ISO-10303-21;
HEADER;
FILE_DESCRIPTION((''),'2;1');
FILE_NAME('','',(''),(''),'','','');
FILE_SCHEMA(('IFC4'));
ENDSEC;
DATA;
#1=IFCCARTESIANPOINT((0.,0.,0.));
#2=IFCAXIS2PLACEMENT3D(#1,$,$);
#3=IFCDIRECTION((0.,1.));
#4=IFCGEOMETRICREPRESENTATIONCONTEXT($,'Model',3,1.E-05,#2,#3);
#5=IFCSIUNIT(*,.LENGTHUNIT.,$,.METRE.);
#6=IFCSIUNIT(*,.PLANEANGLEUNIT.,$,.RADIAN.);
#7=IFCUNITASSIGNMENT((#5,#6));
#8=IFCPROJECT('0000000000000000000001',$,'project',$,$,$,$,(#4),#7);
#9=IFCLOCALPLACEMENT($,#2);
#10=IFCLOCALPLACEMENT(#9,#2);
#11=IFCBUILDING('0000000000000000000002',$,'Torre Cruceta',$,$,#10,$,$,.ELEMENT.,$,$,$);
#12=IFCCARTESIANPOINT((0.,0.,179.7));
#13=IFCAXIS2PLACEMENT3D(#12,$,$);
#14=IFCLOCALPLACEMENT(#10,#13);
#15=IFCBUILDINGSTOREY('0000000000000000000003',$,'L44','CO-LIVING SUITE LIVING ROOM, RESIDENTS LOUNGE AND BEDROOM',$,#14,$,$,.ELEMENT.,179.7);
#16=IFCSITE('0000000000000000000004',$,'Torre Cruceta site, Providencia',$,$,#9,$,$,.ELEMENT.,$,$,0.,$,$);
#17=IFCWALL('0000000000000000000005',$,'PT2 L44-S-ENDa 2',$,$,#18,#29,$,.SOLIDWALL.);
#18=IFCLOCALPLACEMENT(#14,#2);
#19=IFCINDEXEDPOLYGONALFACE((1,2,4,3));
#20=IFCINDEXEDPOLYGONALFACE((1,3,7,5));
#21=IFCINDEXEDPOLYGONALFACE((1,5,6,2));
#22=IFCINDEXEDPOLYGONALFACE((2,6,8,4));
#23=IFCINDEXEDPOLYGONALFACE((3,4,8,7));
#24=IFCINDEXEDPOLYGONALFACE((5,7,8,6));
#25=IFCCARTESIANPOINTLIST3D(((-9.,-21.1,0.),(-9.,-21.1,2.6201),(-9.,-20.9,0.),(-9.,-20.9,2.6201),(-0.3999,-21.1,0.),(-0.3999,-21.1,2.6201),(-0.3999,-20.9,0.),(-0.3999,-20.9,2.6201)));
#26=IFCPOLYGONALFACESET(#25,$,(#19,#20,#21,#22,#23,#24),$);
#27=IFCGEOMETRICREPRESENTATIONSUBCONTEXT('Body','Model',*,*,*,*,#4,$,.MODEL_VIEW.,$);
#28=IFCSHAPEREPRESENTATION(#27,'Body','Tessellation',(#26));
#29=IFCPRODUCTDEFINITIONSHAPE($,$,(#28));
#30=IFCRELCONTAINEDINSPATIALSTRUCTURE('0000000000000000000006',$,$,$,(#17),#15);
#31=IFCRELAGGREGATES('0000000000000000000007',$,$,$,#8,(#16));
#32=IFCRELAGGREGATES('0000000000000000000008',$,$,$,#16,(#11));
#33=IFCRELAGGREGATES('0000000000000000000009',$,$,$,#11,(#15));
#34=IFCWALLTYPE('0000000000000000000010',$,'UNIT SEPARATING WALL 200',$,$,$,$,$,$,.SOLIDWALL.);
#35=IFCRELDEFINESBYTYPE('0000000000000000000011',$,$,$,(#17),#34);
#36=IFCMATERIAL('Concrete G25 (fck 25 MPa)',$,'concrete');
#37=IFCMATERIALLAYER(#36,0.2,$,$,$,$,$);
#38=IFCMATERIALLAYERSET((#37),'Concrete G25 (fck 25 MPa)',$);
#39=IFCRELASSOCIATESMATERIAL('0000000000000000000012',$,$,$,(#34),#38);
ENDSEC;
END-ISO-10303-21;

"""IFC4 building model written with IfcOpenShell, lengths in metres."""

from ifc_helpers import new_model, si_unit, direction, frame, frame_2d, origin, place, context, subcontext, project, spatial, rectangle, extrude, material, layer, layer_set, type_object, element, save


model = new_model("IFC4")

# Units and contexts
model_context = context("Model", 3, precision=1e-05, world=origin(), true_north=direction((0.0, 1.0)))
body_context = subcontext(model_context, "Body", "Model", "MODEL_VIEW")
ifc_project = project(units=[si_unit("LENGTHUNIT", "METRE"), si_unit("PLANEANGLEUNIT", "RADIAN")], contexts=[model_context])

# Site, building, storey
site_placement = place(None, origin())
site = spatial("IfcSite", under=ifc_project, at=site_placement, Name="Torre Cruceta site, Providencia", CompositionType="ELEMENT", RefElevation=0.0)
building_placement = place(site_placement, origin())
building = spatial("IfcBuilding", under=site, at=building_placement, Name="Torre Cruceta", CompositionType="ELEMENT")
storey_placement = place(building_placement, frame((0.0, 0.0, 179.7)))
storey = spatial("IfcBuildingStorey", under=building, at=storey_placement, Name="L44", Description="CO-LIVING SUITE LIVING ROOM, RESIDENTS LOUNGE AND BEDROOM", CompositionType="ELEMENT", Elevation=179.7)

# Wall
ifc_material_1 = material(Name="Concrete G25 (fck 25 MPa)", Category="concrete")
ifc_layer_1 = layer(ifc_material_1, 0.2)
ifc_layer_set_1 = layer_set([ifc_layer_1], Name="Concrete G25 (fck 25 MPa)")
wall_type_1 = type_object("IfcWallType", Name="UNIT SEPARATING WALL 200", PredefinedType="SOLIDWALL", material=ifc_layer_set_1)
wall_1_placement = place(storey_placement, frame((-9.0, -21.0, 0.0), z_axis=(0.0, 0.0, 1.0), x_axis=(1.0, 0.0, 0.0)))
element("IfcWall", 1, at=wall_1_placement, inside=storey, type_object=wall_type_1, Name="PT2 L44-S-ENDa 2", PredefinedType="SOLIDWALL", context=body_context, shape_type="SweptSolid", body=[
    extrude(rectangle(XDim=8.6001, YDim=0.2, at=frame_2d((4.3, 0.0))), origin(), (0.0, 0.0, 1.0), 2.6201),
])

save(model, "model.ifc")
